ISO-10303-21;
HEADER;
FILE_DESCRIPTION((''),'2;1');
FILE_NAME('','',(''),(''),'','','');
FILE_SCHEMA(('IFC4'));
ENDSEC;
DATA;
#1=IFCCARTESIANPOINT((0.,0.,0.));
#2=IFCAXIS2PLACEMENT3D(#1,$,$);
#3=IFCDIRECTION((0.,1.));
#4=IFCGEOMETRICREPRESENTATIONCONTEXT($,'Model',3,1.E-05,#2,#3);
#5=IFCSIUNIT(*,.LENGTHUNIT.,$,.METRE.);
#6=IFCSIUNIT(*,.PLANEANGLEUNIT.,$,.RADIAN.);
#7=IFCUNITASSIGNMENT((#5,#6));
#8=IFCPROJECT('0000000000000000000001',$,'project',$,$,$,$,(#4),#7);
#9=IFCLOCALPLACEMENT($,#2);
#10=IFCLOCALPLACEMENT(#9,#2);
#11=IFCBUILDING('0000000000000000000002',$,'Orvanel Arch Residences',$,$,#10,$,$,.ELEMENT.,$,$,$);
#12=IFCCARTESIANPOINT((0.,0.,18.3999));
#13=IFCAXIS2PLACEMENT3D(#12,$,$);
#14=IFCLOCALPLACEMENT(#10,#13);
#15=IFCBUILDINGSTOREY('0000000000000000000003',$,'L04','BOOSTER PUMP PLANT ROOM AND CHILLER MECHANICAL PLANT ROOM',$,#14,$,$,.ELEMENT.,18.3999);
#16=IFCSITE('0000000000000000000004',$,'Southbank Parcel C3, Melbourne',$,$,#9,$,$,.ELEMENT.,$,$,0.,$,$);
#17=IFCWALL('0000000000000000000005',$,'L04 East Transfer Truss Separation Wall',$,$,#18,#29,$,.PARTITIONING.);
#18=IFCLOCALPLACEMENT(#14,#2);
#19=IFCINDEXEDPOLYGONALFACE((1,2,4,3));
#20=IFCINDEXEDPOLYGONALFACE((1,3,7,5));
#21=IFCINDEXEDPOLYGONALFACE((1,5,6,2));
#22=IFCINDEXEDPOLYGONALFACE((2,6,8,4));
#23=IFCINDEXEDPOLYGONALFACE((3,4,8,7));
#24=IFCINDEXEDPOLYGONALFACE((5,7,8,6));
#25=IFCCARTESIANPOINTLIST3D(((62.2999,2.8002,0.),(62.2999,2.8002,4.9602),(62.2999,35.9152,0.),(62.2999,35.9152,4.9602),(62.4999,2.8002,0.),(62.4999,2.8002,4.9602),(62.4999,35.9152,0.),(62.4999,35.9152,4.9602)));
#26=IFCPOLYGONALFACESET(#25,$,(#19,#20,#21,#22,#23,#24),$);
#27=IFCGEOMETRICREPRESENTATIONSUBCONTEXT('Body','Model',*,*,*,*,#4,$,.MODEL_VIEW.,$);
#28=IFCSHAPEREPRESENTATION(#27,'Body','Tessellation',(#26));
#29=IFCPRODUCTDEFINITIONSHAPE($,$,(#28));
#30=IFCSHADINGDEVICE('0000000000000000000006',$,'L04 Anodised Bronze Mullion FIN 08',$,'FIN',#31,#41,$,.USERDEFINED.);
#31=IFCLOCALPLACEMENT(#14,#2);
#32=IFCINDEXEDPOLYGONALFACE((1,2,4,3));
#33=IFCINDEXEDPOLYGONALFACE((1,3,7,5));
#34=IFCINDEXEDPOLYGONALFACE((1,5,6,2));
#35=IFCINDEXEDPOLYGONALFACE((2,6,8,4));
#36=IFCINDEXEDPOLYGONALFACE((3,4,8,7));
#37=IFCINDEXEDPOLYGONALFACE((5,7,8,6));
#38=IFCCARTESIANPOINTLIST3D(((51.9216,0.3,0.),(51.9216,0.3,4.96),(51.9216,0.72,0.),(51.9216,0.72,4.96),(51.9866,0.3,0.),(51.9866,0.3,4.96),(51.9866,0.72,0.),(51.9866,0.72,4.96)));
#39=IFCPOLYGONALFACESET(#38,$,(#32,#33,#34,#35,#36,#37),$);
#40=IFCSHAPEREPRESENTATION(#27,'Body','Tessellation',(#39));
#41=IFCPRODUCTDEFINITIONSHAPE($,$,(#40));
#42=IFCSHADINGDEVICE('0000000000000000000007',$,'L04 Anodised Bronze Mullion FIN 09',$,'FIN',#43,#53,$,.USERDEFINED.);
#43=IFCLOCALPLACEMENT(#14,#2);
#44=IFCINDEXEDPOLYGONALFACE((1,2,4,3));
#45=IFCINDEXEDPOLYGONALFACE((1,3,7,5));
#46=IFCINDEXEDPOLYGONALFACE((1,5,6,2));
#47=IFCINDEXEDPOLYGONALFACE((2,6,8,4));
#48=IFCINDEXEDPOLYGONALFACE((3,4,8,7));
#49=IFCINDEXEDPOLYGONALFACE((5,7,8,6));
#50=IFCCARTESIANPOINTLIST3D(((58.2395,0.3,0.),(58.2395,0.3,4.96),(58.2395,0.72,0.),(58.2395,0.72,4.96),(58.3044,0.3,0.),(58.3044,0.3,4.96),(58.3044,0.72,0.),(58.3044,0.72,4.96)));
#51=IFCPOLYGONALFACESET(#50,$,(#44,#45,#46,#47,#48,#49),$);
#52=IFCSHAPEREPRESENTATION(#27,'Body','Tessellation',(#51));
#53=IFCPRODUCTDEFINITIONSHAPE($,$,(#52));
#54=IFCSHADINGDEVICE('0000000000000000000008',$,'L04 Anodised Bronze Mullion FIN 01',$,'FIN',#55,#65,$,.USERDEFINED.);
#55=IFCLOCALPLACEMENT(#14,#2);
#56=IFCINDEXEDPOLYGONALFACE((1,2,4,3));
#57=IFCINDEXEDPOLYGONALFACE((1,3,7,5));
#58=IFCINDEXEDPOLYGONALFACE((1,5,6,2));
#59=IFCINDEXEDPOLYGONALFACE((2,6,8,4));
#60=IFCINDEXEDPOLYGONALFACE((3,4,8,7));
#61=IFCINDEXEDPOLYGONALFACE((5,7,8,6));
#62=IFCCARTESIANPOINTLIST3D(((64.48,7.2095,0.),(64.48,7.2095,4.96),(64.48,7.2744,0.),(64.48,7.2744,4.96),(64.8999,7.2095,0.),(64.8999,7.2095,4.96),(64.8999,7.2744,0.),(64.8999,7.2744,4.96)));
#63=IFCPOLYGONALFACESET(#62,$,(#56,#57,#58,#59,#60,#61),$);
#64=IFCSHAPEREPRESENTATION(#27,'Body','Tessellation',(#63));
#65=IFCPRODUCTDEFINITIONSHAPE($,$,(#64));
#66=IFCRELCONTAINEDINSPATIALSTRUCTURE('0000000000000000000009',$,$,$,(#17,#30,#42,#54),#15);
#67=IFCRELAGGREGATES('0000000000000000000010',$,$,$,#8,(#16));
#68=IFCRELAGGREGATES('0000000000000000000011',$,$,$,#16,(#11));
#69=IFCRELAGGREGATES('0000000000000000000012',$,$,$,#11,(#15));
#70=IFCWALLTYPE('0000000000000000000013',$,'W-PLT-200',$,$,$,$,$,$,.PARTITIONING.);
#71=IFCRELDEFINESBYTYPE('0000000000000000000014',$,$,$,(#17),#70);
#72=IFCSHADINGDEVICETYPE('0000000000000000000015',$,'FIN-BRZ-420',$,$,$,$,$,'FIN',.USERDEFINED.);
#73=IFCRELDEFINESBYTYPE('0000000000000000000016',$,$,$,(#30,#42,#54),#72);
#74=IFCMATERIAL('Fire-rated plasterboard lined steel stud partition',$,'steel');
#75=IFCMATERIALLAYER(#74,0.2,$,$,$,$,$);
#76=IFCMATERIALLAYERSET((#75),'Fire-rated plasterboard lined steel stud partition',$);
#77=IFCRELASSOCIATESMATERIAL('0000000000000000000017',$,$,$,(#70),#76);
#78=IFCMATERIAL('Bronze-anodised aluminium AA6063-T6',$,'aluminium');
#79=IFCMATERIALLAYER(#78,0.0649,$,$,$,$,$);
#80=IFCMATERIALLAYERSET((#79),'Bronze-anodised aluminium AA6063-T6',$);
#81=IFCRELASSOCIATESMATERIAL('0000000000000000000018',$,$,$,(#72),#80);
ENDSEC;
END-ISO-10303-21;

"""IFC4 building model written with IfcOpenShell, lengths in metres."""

from ifc_helpers import new_model, si_unit, direction, frame, frame_2d, origin, origin_2d, place, context, subcontext, project, spatial, rectangle, extrude, material, layer, layer_set, type_object, element, save


model = new_model("IFC4")

# Units and contexts
model_context = context("Model", 3, precision=1e-05, world=origin(), true_north=direction((0.0, 1.0)))
body_context = subcontext(model_context, "Body", "Model", "MODEL_VIEW")
ifc_project = project(units=[si_unit("LENGTHUNIT", "METRE"), si_unit("PLANEANGLEUNIT", "RADIAN")], contexts=[model_context])

# Site, building, storey
site_placement = place(None, origin())
site = spatial("IfcSite", under=ifc_project, at=site_placement, Name="Southbank Parcel C3, Melbourne", CompositionType="ELEMENT", RefElevation=0.0)
building_placement = place(site_placement, origin())
building = spatial("IfcBuilding", under=site, at=building_placement, Name="Orvanel Arch Residences", CompositionType="ELEMENT")
storey_placement = place(building_placement, frame((0.0, 0.0, 18.3999)))
storey = spatial("IfcBuildingStorey", under=building, at=storey_placement, Name="L04", Description="BOOSTER PUMP PLANT ROOM AND CHILLER MECHANICAL PLANT ROOM", CompositionType="ELEMENT", Elevation=18.3999)

# Shared definitions
ifc_material_1 = material(Name="Bronze-anodised aluminium AA6063-T6", Category="aluminium")

# Wall
ifc_material_2 = material(Name="Fire-rated plasterboard lined steel stud partition", Category="steel")
ifc_layer_1 = layer(ifc_material_2, 0.2)
ifc_layer_set_1 = layer_set([ifc_layer_1], Name="Fire-rated plasterboard lined steel stud partition")
wall_type = type_object("IfcWallType", Name="W-PLT-200", PredefinedType="PARTITIONING", material=ifc_layer_set_1)
wall_placement = place(storey_placement, frame((62.3999, 2.8, 0.0), z_axis=(0.0, 0.0, 1.0), x_axis=(0.0, 1.0, 0.0)))
element("IfcWall", 1, at=wall_placement, inside=storey, type_object=wall_type, Name="L04 East Transfer Truss Separation Wall", PredefinedType="PARTITIONING", context=body_context, shape_type="SweptSolid", body=[
    extrude(rectangle(XDim=33.115, YDim=0.2, at=frame_2d((16.5576, 0.0))), origin(), (0.0, 0.0, 1.0), 4.9602),
])

# Shading devices
ifc_layer_2 = layer(ifc_material_1, 0.0649)
ifc_layer_set_2 = layer_set([ifc_layer_2], Name="Bronze-anodised aluminium AA6063-T6")
shading_device_type = type_object("IfcShadingDeviceType", Name="FIN-BRZ-420", ElementType="FIN", PredefinedType="USERDEFINED", material=ifc_layer_set_2)
for number, where, z_axis, x_axis, name in (
    (2, (51.9541, 0.51, 0.0), (0.0, 0.0, 1.0), (0.0, -1.0, 0.0), "L04 Anodised Bronze Mullion FIN 08"),
    (3, (58.272, 0.51, 0.0), (0.0, 0.0, 1.0), (0.0, -1.0, 0.0), "L04 Anodised Bronze Mullion FIN 09"),
    (4, (64.6899, 7.2419, 0.0), (0.0, 0.0, 1.0), (1.0, 0.0, 0.0), "L04 Anodised Bronze Mullion FIN 01"),
):
    element("IfcShadingDevice", number, at=place(storey_placement, frame(where, z_axis=z_axis, x_axis=x_axis)), inside=storey, type_object=shading_device_type, Name=name, ObjectType="FIN", PredefinedType="USERDEFINED", context=body_context, shape_type="SweptSolid", body=[
        extrude(rectangle(XDim=0.4199, YDim=0.0649, at=origin_2d()), origin(), (0.0, 0.0, 1.0), 4.96),
    ])

save(model, "model.ifc")
